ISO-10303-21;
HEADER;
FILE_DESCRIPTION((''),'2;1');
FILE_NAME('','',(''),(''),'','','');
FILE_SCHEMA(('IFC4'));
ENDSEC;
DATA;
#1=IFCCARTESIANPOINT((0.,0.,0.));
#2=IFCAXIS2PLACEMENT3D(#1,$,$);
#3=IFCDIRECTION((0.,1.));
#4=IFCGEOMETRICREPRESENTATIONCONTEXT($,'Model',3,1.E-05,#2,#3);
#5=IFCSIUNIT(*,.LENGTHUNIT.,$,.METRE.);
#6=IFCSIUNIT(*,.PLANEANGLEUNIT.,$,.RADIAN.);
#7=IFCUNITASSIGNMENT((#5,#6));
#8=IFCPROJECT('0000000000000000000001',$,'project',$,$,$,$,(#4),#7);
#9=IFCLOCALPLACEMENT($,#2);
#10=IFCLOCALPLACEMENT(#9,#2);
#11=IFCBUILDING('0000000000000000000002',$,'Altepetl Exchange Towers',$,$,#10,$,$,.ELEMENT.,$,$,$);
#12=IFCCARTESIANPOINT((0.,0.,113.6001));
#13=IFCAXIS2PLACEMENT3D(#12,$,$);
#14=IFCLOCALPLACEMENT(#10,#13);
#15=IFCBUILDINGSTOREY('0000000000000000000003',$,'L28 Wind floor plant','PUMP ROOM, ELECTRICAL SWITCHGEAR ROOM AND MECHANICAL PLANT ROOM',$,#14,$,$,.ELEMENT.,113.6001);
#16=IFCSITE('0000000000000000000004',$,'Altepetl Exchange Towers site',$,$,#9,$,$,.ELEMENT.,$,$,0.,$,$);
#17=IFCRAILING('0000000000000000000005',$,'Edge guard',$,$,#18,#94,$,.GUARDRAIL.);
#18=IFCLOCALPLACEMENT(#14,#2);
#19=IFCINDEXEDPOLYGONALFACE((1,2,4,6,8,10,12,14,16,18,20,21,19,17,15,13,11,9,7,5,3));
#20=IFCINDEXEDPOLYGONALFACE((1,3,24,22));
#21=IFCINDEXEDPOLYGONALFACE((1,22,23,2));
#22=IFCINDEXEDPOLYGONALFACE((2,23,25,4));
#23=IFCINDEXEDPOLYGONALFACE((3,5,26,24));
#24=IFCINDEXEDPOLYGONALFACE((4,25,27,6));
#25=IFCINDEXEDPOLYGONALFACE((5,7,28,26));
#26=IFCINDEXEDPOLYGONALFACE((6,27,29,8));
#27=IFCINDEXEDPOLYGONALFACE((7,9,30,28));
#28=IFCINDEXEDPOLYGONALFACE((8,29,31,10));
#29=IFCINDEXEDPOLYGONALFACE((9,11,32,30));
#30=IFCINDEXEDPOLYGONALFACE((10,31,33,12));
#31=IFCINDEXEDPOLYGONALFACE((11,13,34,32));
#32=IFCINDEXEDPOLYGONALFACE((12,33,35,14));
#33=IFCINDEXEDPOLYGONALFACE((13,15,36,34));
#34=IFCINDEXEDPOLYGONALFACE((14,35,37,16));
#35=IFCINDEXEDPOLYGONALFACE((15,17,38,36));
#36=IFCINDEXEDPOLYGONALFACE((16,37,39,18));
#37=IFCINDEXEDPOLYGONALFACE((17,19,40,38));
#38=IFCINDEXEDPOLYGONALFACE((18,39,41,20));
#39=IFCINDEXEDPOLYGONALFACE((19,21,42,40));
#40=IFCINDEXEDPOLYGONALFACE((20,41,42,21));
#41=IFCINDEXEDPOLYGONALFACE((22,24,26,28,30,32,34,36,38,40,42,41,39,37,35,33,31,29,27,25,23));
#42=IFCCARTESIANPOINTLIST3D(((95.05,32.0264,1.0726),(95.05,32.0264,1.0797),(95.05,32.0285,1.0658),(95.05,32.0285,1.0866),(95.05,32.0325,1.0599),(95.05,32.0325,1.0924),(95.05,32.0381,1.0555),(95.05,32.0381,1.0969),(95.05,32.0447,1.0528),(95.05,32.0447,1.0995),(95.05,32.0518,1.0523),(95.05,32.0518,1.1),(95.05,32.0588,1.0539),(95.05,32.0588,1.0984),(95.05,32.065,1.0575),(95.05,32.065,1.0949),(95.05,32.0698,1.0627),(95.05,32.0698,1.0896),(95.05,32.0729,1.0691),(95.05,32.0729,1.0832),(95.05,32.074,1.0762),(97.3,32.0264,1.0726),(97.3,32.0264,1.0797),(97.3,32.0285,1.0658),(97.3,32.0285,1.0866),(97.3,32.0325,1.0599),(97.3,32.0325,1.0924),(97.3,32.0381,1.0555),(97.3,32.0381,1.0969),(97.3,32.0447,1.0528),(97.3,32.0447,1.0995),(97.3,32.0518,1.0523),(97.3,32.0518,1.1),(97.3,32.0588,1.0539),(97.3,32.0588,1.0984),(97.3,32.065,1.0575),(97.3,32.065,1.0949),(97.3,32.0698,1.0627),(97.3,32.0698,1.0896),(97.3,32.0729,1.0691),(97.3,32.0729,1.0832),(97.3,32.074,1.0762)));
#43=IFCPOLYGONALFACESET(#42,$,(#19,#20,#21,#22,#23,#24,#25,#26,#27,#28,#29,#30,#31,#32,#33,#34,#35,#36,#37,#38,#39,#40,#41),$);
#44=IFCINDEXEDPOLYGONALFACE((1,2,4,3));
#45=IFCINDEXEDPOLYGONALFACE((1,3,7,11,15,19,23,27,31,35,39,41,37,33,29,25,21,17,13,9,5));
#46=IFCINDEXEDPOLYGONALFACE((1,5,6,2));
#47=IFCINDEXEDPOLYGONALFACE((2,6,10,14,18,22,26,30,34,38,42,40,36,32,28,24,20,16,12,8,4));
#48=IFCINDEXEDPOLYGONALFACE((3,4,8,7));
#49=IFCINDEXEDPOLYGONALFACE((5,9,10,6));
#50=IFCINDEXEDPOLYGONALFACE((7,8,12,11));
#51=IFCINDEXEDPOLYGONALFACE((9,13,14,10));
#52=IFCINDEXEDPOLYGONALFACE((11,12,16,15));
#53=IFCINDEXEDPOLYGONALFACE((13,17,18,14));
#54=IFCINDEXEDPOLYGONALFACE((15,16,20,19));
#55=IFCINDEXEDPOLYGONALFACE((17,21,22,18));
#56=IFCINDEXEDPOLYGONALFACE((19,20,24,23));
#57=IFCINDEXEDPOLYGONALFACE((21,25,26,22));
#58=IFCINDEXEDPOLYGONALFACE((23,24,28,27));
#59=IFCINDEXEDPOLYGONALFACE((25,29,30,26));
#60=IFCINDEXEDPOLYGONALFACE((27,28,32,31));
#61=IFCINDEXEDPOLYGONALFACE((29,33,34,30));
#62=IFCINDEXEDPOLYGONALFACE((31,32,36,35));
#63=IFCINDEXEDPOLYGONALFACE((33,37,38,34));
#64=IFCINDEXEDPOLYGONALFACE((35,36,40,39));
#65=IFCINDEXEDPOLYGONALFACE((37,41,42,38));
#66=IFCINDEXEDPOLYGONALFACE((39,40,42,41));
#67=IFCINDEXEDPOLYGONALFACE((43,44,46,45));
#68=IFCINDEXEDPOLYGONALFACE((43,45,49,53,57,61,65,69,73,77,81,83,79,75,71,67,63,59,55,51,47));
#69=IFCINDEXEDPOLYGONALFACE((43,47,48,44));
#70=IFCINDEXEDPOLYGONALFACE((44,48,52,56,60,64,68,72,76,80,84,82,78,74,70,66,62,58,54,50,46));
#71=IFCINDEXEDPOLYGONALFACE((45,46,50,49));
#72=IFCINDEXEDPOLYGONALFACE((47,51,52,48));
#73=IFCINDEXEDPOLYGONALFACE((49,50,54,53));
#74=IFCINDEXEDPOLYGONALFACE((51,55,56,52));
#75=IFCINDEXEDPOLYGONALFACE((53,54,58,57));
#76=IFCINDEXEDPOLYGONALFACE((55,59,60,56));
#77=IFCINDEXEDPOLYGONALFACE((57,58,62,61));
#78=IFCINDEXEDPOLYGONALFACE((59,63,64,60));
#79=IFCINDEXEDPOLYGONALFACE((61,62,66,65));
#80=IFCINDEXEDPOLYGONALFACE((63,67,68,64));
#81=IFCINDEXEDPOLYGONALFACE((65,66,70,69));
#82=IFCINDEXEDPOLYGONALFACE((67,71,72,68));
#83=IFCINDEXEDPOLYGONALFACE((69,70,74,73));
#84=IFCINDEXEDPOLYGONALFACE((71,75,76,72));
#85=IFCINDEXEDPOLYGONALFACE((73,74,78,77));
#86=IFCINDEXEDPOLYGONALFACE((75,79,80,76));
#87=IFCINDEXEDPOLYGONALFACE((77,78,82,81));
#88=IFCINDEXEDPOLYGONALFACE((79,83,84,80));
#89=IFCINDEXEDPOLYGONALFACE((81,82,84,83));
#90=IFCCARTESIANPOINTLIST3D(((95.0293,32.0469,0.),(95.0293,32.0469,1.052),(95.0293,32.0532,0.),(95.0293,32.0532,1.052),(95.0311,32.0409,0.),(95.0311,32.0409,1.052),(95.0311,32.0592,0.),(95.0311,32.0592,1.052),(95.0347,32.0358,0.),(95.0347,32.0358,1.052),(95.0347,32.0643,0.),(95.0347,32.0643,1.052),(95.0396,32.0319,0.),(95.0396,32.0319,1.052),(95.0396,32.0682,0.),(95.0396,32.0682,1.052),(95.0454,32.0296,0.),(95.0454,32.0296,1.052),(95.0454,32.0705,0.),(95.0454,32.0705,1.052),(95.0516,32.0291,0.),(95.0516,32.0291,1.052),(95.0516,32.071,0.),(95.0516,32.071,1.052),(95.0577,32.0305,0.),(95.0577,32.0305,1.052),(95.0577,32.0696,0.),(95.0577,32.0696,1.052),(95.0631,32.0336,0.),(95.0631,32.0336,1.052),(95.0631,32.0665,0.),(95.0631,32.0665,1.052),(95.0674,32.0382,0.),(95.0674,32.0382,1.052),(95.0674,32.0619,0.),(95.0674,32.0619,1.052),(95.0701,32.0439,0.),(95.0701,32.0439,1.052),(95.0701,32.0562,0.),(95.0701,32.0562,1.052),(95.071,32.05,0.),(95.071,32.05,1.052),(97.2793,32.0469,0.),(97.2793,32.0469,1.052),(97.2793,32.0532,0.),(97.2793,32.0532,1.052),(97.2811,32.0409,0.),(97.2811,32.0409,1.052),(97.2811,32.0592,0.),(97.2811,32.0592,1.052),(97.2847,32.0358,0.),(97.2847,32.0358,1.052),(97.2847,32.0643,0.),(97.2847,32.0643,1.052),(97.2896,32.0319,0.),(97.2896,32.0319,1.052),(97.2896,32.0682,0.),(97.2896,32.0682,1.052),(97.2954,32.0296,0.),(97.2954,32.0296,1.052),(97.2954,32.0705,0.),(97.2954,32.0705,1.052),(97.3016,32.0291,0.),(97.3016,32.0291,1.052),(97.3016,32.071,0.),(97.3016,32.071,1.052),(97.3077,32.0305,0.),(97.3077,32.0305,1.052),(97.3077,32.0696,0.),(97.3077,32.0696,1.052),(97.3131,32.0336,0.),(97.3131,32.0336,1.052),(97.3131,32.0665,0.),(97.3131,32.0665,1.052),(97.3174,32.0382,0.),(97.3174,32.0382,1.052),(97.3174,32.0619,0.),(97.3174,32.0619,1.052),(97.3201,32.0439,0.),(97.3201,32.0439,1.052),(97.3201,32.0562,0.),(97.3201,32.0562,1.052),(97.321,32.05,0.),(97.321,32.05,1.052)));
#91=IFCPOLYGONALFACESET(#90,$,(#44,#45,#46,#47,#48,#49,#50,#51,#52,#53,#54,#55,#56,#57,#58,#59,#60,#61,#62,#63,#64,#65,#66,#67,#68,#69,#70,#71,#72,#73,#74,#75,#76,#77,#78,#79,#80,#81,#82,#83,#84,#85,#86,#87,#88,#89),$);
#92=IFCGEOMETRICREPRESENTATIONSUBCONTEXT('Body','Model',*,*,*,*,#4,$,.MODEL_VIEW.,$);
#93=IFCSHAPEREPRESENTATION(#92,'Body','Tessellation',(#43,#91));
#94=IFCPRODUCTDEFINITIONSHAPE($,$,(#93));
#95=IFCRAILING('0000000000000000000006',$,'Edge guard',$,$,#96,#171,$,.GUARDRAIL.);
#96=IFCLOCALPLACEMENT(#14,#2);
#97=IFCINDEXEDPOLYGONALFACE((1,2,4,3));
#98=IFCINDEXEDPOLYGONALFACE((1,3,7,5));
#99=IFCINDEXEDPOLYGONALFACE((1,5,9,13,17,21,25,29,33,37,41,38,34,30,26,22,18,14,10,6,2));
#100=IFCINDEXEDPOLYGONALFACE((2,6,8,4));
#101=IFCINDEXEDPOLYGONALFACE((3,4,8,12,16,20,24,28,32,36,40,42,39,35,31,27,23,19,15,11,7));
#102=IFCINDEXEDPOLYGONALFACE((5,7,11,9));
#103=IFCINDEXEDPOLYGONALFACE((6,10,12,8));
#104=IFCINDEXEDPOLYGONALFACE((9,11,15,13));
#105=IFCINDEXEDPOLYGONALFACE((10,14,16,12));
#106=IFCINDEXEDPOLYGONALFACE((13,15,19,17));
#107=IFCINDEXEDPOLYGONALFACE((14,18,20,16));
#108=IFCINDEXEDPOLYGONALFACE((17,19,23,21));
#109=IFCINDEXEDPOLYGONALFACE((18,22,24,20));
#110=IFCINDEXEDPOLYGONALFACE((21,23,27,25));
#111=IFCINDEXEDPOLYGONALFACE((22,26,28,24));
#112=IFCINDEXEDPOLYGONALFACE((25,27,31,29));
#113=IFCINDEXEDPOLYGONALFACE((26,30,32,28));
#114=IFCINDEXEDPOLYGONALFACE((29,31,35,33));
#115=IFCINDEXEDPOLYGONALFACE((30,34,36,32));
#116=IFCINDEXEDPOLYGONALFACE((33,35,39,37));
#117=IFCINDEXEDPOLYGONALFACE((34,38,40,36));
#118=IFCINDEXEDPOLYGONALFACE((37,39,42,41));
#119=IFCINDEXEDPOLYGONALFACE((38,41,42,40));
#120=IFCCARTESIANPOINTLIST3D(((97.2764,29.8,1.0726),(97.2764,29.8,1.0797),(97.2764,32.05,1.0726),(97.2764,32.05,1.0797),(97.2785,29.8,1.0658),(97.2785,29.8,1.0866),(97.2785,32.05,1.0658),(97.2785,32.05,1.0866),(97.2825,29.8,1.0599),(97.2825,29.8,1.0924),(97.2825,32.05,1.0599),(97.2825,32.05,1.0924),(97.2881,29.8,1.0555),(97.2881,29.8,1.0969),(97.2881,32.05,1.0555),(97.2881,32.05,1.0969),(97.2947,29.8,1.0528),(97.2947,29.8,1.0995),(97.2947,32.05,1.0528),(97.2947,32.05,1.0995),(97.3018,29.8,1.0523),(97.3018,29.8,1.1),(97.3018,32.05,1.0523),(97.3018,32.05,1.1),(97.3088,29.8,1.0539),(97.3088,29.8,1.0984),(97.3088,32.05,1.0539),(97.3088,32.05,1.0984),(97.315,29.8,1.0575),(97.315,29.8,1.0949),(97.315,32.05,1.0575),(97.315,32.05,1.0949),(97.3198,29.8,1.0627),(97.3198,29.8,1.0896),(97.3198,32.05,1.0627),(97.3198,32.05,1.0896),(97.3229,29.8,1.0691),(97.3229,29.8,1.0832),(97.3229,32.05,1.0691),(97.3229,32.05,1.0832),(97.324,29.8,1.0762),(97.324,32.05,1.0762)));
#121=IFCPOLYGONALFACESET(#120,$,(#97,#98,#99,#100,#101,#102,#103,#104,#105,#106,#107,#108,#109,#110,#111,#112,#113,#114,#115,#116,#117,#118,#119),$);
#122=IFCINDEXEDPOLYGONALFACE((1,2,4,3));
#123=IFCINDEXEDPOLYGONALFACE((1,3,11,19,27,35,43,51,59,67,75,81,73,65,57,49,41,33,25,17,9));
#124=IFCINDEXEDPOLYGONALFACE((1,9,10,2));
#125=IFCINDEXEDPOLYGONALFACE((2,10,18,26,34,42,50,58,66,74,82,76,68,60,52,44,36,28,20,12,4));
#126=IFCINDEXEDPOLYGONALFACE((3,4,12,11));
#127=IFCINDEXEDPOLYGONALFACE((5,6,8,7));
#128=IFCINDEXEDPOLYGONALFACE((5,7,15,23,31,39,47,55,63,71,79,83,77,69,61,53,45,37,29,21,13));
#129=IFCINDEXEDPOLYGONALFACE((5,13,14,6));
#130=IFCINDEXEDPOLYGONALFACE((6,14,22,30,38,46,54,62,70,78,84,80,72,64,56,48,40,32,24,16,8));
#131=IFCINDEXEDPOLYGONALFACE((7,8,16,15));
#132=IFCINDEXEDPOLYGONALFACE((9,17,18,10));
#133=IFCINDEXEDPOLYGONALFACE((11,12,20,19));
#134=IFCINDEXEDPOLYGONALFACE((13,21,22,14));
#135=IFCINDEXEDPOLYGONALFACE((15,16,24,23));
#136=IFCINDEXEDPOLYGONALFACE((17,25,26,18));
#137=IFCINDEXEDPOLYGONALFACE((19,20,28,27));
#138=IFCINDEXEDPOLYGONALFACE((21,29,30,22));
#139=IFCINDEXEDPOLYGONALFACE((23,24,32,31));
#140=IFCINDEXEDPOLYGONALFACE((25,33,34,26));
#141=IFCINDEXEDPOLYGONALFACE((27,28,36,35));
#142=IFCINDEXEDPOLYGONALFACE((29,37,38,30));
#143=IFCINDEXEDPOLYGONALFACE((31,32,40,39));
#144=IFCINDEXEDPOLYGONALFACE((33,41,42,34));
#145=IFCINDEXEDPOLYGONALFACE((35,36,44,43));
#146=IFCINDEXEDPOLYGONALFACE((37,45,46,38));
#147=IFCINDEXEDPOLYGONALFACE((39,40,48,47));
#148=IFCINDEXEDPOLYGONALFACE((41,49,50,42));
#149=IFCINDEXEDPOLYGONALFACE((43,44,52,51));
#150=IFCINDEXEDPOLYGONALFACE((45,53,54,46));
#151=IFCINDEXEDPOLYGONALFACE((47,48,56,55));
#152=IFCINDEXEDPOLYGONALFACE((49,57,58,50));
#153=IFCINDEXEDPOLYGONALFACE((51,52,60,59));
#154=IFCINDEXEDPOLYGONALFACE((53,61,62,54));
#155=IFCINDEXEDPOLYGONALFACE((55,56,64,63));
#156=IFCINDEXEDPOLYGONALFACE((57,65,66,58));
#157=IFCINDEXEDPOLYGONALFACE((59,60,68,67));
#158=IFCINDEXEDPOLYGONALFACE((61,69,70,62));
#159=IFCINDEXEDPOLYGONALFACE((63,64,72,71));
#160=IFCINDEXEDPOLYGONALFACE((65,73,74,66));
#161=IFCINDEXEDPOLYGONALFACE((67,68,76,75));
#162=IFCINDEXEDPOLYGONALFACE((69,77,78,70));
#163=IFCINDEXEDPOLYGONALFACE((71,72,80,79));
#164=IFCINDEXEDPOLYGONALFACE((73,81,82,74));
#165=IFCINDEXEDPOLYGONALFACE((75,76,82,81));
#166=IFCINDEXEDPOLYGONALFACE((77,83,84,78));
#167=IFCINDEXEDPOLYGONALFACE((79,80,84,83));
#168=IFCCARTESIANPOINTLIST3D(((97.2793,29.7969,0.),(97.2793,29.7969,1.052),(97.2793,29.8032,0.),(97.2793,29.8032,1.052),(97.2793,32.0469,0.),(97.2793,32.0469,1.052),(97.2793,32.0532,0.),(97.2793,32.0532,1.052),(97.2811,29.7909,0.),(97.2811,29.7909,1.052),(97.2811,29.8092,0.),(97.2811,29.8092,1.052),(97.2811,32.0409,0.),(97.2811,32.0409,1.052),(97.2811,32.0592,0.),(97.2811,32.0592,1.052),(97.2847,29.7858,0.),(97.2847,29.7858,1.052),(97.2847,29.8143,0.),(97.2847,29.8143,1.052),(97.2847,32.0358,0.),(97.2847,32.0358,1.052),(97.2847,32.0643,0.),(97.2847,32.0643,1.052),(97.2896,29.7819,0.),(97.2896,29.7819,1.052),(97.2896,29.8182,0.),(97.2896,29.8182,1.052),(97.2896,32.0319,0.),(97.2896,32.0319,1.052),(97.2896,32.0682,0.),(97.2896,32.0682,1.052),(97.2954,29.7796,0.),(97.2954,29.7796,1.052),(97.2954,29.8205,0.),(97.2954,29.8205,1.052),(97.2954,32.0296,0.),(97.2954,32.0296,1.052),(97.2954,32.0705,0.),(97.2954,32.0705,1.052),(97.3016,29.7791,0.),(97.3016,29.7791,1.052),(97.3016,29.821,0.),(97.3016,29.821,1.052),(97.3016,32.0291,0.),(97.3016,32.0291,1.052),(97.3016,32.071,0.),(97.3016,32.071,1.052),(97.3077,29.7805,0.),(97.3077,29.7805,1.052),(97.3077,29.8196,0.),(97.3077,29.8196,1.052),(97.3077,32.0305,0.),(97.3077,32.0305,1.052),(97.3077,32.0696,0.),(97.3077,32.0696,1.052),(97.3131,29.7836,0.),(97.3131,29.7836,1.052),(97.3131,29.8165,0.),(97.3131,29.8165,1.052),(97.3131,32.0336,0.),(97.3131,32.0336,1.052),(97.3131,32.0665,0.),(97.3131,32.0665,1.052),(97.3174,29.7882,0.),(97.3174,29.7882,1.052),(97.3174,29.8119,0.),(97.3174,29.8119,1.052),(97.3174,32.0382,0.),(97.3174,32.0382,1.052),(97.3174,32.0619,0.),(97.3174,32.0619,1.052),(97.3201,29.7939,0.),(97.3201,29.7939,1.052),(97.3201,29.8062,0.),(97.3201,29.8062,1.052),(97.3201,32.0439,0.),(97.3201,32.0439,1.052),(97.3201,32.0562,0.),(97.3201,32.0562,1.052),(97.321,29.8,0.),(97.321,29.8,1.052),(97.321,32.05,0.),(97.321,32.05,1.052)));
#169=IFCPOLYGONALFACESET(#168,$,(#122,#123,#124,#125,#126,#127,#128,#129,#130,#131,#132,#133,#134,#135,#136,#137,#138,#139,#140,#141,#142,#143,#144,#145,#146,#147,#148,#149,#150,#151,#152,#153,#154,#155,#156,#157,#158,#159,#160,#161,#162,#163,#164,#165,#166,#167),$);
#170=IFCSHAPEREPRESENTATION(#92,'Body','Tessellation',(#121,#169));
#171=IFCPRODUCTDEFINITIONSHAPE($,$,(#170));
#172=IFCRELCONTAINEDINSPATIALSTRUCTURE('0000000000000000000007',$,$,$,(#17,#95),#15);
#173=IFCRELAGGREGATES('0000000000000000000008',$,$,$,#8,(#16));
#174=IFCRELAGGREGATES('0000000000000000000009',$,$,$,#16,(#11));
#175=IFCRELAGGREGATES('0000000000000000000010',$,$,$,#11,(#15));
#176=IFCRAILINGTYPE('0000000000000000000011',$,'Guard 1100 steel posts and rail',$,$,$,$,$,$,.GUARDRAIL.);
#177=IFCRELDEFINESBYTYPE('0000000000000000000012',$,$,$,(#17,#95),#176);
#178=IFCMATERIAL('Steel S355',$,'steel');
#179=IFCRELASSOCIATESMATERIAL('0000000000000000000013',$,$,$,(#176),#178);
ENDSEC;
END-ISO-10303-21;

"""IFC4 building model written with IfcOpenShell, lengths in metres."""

from ifc_helpers import new_model, si_unit, direction, frame, origin, origin_2d, place, context, subcontext, project, spatial, circle, extrude, source, transform, mapped, material, type_object, element, save


model = new_model("IFC4")

# Units and contexts
model_context = context("Model", 3, precision=1e-05, world=origin(), true_north=direction((0.0, 1.0)))
body_context = subcontext(model_context, "Body", "Model", "MODEL_VIEW")
ifc_project = project(units=[si_unit("LENGTHUNIT", "METRE"), si_unit("PLANEANGLEUNIT", "RADIAN")], contexts=[model_context])

# Site, building, storey
site_placement = place(None, origin())
site = spatial("IfcSite", under=ifc_project, at=site_placement, Name="Altepetl Exchange Towers site", CompositionType="ELEMENT", RefElevation=0.0)
building_placement = place(site_placement, origin())
building = spatial("IfcBuilding", under=site, at=building_placement, Name="Altepetl Exchange Towers", CompositionType="ELEMENT")
storey_placement = place(building_placement, frame((0.0, 0.0, 113.6001)))
storey = spatial("IfcBuildingStorey", under=building, at=storey_placement, Name="L28 Wind floor plant", Description="PUMP ROOM, ELECTRICAL SWITCHGEAR ROOM AND MECHANICAL PLANT ROOM", CompositionType="ELEMENT", Elevation=113.6001)

# Shared definitions
ifc_material_1 = material(Name="Steel S355", Category="steel")

# Railings
railing_type = type_object("IfcRailingType", Name="Guard 1100 steel posts and rail", PredefinedType="GUARDRAIL", material=ifc_material_1)
shared_shape = source(origin(), body_context, "Body", "SweptSolid", [
    extrude(circle(Radius=0.021, at=origin_2d()), origin(), (0.0, 0.0, 1.0), 1.052),
])
railing_1_placement = place(storey_placement, frame((95.05, 32.05, 0.0)))
element("IfcRailing", 1, at=railing_1_placement, inside=storey, type_object=railing_type, Name="Edge guard", PredefinedType="GUARDRAIL", context=body_context, shape_type="SweptSolid", body=[
    extrude(circle(Radius=0.0239, at=origin_2d()), frame((0.0, 0.0, 1.0762), z_axis=(1.0, 0.0, 0.0), x_axis=(0.0, 1.0, 0.0)), (0.0, 0.0, 1.0), 2.25),
    mapped(shared_shape, transform((0.0, 0.0, 0.0))),
    mapped(shared_shape, transform((2.25, 0.0, 0.0))),
])
railing_2_placement = place(storey_placement, frame((97.3, 32.05, 0.0)))
element("IfcRailing", 2, at=railing_2_placement, inside=storey, type_object=railing_type, Name="Edge guard", PredefinedType="GUARDRAIL", context=body_context, shape_type="SweptSolid", body=[
    extrude(circle(Radius=0.0239, at=origin_2d()), frame((0.0, 0.0, 1.0762), z_axis=(0.0, -1.0, 0.0), x_axis=(1.0, 0.0, 0.0)), (0.0, 0.0, 1.0), 2.25),
    mapped(shared_shape, transform((0.0, 0.0, 0.0))),
    mapped(shared_shape, transform((0.0, -2.25, 0.0))),
])

save(model, "model.ifc")
